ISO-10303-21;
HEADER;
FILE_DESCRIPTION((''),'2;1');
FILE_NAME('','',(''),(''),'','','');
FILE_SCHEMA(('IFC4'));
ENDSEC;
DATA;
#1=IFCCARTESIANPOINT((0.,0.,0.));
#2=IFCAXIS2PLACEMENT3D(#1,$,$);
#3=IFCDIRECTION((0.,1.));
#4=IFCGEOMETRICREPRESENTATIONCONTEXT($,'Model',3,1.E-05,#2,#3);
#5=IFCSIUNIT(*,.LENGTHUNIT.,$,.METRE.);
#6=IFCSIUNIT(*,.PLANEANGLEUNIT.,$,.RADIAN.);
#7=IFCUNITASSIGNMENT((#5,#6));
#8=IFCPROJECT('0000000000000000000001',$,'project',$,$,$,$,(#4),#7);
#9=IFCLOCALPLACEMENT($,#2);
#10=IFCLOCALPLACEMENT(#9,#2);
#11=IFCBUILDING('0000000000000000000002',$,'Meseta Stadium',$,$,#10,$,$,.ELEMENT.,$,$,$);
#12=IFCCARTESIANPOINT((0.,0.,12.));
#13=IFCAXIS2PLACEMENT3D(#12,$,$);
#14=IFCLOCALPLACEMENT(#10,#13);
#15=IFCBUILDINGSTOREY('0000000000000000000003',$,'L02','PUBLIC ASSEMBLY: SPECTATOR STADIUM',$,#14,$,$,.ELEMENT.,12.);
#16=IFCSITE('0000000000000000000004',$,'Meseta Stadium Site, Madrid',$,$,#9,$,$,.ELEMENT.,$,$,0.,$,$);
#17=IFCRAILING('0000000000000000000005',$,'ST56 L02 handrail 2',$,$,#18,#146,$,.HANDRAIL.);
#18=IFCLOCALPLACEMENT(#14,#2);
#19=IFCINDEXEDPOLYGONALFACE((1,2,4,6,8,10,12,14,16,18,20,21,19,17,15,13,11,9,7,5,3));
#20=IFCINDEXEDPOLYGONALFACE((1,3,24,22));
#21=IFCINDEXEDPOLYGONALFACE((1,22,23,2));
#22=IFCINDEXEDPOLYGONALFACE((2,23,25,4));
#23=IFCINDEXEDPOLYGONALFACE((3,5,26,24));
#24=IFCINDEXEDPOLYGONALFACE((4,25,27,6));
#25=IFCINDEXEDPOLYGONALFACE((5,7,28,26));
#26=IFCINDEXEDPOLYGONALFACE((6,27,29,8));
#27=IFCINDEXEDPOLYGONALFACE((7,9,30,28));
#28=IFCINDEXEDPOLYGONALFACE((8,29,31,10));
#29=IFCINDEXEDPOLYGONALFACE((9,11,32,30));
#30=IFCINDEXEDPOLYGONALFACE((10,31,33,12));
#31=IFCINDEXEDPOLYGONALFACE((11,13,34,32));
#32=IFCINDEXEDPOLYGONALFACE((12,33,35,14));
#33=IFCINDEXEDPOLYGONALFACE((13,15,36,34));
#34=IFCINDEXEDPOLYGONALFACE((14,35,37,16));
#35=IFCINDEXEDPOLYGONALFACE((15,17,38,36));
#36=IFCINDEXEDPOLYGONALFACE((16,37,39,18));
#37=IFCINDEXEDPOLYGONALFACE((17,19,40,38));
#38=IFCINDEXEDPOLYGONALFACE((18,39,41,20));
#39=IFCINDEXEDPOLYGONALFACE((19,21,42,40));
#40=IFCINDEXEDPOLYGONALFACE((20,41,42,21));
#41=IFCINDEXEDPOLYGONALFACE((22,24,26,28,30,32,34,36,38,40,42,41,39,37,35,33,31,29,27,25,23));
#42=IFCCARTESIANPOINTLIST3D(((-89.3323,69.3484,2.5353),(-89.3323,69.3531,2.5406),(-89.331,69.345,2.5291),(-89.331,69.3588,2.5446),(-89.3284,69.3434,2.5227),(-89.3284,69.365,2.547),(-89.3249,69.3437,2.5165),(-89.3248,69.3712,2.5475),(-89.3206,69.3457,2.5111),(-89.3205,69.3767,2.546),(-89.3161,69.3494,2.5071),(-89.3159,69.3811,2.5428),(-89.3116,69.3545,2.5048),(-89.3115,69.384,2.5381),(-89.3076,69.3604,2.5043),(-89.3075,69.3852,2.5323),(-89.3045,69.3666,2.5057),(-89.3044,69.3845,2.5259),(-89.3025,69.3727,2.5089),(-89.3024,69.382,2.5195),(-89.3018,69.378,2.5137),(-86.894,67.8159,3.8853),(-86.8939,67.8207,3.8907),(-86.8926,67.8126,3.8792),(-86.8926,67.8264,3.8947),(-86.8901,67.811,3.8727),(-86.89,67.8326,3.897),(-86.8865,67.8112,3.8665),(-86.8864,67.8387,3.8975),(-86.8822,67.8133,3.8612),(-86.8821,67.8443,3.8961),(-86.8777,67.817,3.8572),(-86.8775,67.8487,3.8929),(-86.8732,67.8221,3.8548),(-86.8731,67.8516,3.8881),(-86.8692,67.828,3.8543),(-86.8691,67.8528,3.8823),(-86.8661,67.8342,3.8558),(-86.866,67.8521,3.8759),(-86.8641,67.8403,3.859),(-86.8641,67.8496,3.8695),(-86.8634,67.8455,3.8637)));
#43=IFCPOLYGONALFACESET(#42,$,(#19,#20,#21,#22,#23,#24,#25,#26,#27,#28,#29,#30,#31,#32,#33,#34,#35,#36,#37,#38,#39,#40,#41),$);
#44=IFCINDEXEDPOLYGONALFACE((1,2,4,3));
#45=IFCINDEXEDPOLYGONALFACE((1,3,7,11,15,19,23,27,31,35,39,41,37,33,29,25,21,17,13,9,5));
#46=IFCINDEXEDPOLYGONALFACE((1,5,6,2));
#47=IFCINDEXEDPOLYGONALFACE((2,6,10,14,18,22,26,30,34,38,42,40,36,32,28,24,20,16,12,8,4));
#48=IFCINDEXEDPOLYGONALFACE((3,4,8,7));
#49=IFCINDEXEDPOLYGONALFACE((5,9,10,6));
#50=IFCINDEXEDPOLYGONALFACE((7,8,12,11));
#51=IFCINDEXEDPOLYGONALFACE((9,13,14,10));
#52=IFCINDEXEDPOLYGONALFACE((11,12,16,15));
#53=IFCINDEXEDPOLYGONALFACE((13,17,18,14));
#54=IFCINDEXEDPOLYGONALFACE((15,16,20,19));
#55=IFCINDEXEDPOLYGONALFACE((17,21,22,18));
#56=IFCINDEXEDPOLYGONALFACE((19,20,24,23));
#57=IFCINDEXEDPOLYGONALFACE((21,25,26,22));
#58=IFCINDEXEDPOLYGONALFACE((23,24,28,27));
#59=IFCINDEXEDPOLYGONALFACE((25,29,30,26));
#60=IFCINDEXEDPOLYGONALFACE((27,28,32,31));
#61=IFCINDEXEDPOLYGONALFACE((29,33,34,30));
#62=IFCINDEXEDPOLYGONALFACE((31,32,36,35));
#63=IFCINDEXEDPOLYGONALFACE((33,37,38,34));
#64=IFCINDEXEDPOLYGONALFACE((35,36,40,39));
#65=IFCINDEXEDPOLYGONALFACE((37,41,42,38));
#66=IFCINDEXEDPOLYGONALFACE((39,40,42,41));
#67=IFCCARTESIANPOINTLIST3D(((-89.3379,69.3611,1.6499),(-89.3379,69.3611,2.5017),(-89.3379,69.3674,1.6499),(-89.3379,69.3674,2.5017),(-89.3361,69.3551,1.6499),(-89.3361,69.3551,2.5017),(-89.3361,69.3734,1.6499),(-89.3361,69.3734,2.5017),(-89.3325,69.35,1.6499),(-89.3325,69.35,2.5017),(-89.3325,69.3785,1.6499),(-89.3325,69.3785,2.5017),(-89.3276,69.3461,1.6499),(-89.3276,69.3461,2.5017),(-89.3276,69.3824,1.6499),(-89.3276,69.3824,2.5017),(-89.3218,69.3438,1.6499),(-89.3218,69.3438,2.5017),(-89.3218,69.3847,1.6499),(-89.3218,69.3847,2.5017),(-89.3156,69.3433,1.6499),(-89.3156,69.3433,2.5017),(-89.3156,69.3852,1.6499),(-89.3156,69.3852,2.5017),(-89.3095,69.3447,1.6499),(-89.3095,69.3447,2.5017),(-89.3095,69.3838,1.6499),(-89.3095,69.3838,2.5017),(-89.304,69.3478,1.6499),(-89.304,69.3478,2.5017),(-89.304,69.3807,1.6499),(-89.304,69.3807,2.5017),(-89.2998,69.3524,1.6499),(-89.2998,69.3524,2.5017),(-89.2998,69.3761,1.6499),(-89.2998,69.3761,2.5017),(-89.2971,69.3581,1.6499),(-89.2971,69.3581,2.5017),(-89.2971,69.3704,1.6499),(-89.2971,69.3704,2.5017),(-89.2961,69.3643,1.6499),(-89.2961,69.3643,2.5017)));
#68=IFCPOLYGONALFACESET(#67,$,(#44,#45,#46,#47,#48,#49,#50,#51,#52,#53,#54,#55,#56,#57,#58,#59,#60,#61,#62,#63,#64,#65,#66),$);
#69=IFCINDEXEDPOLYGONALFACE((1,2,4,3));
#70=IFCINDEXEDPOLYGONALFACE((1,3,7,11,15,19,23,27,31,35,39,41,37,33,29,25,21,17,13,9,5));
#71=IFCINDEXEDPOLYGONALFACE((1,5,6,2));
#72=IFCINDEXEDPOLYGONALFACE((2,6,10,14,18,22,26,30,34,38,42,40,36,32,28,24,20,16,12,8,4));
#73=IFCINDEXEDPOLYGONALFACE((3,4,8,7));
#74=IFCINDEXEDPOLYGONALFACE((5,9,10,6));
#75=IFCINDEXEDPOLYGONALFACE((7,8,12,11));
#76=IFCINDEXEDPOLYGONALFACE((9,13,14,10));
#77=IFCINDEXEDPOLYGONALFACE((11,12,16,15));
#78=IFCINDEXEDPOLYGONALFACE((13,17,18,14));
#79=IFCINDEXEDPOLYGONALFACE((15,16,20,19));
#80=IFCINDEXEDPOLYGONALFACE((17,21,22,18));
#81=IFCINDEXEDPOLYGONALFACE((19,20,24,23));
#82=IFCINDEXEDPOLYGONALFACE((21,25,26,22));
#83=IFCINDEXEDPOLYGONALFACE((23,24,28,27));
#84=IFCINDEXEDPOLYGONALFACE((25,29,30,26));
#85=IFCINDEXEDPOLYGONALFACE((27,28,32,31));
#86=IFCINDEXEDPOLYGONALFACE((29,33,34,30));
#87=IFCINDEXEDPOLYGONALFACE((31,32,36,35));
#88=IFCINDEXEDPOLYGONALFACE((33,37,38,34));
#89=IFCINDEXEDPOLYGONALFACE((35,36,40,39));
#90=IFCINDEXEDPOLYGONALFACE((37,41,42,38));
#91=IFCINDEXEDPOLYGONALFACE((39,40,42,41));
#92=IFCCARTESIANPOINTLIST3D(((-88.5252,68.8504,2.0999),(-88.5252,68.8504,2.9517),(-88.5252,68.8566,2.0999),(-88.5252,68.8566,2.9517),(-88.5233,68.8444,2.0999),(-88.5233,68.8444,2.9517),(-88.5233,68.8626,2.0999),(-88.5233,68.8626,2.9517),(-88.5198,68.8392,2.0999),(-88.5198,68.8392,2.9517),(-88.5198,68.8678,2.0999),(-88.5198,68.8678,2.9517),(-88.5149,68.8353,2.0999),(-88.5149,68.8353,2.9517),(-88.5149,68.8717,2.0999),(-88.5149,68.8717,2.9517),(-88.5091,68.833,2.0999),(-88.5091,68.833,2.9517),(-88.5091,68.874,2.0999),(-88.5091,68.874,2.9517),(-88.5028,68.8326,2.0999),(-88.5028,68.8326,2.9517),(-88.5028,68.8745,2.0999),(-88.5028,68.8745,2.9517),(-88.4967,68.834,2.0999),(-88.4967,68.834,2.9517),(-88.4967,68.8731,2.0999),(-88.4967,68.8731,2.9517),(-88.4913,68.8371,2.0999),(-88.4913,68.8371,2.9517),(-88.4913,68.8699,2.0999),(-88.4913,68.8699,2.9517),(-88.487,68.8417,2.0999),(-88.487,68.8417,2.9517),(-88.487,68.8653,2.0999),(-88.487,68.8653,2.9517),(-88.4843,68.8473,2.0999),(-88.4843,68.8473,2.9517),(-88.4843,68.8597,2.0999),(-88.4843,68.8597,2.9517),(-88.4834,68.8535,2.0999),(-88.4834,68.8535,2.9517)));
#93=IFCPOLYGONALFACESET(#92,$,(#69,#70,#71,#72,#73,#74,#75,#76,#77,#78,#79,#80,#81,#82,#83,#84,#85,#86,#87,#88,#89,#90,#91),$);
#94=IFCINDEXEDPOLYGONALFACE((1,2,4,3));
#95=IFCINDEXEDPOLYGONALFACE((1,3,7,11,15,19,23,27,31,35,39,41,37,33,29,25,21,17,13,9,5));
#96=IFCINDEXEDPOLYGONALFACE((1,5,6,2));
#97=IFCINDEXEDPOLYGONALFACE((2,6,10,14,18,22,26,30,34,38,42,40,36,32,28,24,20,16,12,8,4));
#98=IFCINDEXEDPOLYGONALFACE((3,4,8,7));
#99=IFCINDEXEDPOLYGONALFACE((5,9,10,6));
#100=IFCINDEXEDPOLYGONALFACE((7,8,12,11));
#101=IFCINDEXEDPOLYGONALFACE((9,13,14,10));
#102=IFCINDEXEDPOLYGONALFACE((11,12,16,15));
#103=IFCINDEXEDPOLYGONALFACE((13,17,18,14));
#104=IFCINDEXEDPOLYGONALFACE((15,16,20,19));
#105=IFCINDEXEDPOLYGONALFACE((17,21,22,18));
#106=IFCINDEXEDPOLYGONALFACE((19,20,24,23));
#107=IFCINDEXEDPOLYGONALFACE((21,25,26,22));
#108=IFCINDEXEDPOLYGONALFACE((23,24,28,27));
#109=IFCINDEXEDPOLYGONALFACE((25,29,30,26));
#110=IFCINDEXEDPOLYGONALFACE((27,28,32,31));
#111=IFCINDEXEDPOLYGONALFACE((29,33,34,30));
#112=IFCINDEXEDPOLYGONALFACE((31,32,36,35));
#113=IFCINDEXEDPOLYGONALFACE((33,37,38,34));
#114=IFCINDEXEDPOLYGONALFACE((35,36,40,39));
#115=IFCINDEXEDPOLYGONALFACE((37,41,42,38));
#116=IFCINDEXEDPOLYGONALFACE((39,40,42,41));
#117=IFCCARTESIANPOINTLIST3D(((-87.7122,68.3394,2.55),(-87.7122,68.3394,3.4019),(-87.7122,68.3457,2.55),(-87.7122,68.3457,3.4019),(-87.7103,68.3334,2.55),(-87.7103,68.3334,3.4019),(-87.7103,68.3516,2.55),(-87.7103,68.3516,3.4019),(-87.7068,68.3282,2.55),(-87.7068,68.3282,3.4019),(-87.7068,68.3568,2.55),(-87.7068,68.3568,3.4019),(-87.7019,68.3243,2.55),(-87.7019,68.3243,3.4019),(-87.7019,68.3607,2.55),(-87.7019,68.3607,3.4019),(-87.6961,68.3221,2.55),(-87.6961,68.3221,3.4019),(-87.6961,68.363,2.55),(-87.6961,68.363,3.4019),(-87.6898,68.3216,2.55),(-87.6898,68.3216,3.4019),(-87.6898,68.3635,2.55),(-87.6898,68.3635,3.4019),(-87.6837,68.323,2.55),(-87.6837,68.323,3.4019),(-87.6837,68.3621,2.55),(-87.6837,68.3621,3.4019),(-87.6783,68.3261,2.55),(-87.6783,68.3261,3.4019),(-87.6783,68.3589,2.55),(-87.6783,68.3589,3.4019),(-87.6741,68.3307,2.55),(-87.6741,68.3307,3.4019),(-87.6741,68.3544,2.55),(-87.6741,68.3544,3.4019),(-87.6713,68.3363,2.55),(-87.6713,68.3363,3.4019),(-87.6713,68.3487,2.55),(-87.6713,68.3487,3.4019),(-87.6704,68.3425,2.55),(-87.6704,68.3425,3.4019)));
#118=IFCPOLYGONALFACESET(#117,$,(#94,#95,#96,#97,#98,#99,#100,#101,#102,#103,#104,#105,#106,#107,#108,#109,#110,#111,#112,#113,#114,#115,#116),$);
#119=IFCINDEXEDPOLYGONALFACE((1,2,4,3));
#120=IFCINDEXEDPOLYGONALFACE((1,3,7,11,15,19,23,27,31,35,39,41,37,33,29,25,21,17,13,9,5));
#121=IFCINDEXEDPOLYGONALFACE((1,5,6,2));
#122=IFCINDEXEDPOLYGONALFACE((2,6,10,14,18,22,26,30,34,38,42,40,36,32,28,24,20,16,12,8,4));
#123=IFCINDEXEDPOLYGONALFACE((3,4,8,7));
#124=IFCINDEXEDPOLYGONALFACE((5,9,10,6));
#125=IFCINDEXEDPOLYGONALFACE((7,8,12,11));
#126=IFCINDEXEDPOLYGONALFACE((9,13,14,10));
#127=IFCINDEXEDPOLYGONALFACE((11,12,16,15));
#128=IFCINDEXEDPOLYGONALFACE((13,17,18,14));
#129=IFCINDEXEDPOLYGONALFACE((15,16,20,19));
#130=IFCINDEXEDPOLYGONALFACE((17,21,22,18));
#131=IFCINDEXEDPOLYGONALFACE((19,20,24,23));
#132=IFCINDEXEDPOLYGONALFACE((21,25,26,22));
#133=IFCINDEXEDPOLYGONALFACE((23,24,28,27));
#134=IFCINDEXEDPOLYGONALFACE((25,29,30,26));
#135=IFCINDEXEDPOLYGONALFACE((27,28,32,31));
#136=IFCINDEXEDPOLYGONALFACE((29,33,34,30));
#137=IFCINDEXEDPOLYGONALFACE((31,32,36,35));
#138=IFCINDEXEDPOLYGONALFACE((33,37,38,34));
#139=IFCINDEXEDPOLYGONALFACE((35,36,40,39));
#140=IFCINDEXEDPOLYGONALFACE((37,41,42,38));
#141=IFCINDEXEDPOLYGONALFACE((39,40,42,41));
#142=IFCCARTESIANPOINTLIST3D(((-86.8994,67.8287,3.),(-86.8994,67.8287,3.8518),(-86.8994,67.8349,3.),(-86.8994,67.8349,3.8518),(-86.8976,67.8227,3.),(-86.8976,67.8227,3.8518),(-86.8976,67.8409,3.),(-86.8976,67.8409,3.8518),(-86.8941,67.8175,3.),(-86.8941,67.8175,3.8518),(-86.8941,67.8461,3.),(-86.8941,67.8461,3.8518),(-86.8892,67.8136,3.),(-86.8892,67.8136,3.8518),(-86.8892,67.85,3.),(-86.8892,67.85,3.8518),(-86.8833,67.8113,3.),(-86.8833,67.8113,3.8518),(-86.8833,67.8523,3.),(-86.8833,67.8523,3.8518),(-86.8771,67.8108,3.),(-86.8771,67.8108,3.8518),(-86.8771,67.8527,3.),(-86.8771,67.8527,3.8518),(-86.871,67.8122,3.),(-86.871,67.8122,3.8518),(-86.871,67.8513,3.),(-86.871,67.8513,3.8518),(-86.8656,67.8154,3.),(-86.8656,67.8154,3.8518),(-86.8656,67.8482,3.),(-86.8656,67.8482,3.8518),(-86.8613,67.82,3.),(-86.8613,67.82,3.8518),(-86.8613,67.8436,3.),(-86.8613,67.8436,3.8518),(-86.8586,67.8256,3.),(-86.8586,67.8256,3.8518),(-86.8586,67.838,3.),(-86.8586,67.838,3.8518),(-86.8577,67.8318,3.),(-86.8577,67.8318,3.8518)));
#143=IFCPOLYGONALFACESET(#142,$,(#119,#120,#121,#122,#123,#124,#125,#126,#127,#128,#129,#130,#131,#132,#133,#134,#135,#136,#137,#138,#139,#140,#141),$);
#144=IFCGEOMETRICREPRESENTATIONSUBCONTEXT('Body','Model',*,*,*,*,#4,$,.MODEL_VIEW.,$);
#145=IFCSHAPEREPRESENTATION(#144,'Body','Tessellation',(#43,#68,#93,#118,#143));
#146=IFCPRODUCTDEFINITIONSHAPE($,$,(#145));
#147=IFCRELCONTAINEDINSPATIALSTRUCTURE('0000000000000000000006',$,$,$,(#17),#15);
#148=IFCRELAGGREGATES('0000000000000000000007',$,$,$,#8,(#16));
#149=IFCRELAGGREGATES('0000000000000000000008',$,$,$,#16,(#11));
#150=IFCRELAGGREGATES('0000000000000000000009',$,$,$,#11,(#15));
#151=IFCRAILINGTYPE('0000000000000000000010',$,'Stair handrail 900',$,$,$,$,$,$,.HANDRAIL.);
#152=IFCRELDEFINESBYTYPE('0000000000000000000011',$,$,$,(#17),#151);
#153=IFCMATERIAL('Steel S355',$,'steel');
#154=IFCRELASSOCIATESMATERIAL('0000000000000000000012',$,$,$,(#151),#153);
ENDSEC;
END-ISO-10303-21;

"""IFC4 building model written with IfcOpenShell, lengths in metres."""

from ifc_helpers import new_model, si_unit, direction, frame, origin, origin_2d, place, context, subcontext, project, spatial, circle, extrude, material, type_object, element, save


model = new_model("IFC4")

# Units and contexts
model_context = context("Model", 3, precision=1e-05, world=origin(), true_north=direction((0.0, 1.0)))
body_context = subcontext(model_context, "Body", "Model", "MODEL_VIEW")
ifc_project = project(units=[si_unit("LENGTHUNIT", "METRE"), si_unit("PLANEANGLEUNIT", "RADIAN")], contexts=[model_context])

# Site, building, storey
site_placement = place(None, origin())
site = spatial("IfcSite", under=ifc_project, at=site_placement, Name="Meseta Stadium Site, Madrid", CompositionType="ELEMENT", RefElevation=0.0)
building_placement = place(site_placement, origin())
building = spatial("IfcBuilding", under=site, at=building_placement, Name="Meseta Stadium", CompositionType="ELEMENT")
storey_placement = place(building_placement, frame((0.0, 0.0, 12.0)))
storey = spatial("IfcBuildingStorey", under=building, at=storey_placement, Name="L02", Description="PUBLIC ASSEMBLY: SPECTATOR STADIUM", CompositionType="ELEMENT", Elevation=12.0)

# Railing
ifc_material_1 = material(Name="Steel S355", Category="steel")
railing_type_1 = type_object("IfcRailingType", Name="Stair handrail 900", PredefinedType="HANDRAIL", material=ifc_material_1)
for number, where, name in (
    (1, (-89.3171, 69.3643, 1.6499), "ST56 L02 handrail 2"),
):
    element("IfcRailing", number, at=place(storey_placement, frame(where)), inside=storey, type_object=railing_type_1, Name=name, PredefinedType="HANDRAIL", context=body_context, shape_type="SweptSolid", body=[
        extrude(circle(Radius=0.0239, at=origin_2d()), frame((0.0, 0.0, 0.876), z_axis=(0.766627, -0.48179, 0.424454), x_axis=(0.5321, 0.846681, 0.0)), (0.0, 0.0, 1.0), 3.1807),
        extrude(circle(Radius=0.021, at=origin_2d()), origin(), (0.0, 0.0, 1.0), 0.8518),
        extrude(circle(Radius=0.021, at=origin_2d()), frame((0.8127, -0.5107, 0.45)), (0.0, 0.0, 1.0), 0.8518),
        extrude(circle(Radius=0.021, at=origin_2d()), frame((1.6257, -1.0217, 0.9001)), (0.0, 0.0, 1.0), 0.8518),
        extrude(circle(Radius=0.021, at=origin_2d()), frame((2.4385, -1.5325, 1.3501)), (0.0, 0.0, 1.0), 0.8518),
    ])

save(model, "model.ifc")
